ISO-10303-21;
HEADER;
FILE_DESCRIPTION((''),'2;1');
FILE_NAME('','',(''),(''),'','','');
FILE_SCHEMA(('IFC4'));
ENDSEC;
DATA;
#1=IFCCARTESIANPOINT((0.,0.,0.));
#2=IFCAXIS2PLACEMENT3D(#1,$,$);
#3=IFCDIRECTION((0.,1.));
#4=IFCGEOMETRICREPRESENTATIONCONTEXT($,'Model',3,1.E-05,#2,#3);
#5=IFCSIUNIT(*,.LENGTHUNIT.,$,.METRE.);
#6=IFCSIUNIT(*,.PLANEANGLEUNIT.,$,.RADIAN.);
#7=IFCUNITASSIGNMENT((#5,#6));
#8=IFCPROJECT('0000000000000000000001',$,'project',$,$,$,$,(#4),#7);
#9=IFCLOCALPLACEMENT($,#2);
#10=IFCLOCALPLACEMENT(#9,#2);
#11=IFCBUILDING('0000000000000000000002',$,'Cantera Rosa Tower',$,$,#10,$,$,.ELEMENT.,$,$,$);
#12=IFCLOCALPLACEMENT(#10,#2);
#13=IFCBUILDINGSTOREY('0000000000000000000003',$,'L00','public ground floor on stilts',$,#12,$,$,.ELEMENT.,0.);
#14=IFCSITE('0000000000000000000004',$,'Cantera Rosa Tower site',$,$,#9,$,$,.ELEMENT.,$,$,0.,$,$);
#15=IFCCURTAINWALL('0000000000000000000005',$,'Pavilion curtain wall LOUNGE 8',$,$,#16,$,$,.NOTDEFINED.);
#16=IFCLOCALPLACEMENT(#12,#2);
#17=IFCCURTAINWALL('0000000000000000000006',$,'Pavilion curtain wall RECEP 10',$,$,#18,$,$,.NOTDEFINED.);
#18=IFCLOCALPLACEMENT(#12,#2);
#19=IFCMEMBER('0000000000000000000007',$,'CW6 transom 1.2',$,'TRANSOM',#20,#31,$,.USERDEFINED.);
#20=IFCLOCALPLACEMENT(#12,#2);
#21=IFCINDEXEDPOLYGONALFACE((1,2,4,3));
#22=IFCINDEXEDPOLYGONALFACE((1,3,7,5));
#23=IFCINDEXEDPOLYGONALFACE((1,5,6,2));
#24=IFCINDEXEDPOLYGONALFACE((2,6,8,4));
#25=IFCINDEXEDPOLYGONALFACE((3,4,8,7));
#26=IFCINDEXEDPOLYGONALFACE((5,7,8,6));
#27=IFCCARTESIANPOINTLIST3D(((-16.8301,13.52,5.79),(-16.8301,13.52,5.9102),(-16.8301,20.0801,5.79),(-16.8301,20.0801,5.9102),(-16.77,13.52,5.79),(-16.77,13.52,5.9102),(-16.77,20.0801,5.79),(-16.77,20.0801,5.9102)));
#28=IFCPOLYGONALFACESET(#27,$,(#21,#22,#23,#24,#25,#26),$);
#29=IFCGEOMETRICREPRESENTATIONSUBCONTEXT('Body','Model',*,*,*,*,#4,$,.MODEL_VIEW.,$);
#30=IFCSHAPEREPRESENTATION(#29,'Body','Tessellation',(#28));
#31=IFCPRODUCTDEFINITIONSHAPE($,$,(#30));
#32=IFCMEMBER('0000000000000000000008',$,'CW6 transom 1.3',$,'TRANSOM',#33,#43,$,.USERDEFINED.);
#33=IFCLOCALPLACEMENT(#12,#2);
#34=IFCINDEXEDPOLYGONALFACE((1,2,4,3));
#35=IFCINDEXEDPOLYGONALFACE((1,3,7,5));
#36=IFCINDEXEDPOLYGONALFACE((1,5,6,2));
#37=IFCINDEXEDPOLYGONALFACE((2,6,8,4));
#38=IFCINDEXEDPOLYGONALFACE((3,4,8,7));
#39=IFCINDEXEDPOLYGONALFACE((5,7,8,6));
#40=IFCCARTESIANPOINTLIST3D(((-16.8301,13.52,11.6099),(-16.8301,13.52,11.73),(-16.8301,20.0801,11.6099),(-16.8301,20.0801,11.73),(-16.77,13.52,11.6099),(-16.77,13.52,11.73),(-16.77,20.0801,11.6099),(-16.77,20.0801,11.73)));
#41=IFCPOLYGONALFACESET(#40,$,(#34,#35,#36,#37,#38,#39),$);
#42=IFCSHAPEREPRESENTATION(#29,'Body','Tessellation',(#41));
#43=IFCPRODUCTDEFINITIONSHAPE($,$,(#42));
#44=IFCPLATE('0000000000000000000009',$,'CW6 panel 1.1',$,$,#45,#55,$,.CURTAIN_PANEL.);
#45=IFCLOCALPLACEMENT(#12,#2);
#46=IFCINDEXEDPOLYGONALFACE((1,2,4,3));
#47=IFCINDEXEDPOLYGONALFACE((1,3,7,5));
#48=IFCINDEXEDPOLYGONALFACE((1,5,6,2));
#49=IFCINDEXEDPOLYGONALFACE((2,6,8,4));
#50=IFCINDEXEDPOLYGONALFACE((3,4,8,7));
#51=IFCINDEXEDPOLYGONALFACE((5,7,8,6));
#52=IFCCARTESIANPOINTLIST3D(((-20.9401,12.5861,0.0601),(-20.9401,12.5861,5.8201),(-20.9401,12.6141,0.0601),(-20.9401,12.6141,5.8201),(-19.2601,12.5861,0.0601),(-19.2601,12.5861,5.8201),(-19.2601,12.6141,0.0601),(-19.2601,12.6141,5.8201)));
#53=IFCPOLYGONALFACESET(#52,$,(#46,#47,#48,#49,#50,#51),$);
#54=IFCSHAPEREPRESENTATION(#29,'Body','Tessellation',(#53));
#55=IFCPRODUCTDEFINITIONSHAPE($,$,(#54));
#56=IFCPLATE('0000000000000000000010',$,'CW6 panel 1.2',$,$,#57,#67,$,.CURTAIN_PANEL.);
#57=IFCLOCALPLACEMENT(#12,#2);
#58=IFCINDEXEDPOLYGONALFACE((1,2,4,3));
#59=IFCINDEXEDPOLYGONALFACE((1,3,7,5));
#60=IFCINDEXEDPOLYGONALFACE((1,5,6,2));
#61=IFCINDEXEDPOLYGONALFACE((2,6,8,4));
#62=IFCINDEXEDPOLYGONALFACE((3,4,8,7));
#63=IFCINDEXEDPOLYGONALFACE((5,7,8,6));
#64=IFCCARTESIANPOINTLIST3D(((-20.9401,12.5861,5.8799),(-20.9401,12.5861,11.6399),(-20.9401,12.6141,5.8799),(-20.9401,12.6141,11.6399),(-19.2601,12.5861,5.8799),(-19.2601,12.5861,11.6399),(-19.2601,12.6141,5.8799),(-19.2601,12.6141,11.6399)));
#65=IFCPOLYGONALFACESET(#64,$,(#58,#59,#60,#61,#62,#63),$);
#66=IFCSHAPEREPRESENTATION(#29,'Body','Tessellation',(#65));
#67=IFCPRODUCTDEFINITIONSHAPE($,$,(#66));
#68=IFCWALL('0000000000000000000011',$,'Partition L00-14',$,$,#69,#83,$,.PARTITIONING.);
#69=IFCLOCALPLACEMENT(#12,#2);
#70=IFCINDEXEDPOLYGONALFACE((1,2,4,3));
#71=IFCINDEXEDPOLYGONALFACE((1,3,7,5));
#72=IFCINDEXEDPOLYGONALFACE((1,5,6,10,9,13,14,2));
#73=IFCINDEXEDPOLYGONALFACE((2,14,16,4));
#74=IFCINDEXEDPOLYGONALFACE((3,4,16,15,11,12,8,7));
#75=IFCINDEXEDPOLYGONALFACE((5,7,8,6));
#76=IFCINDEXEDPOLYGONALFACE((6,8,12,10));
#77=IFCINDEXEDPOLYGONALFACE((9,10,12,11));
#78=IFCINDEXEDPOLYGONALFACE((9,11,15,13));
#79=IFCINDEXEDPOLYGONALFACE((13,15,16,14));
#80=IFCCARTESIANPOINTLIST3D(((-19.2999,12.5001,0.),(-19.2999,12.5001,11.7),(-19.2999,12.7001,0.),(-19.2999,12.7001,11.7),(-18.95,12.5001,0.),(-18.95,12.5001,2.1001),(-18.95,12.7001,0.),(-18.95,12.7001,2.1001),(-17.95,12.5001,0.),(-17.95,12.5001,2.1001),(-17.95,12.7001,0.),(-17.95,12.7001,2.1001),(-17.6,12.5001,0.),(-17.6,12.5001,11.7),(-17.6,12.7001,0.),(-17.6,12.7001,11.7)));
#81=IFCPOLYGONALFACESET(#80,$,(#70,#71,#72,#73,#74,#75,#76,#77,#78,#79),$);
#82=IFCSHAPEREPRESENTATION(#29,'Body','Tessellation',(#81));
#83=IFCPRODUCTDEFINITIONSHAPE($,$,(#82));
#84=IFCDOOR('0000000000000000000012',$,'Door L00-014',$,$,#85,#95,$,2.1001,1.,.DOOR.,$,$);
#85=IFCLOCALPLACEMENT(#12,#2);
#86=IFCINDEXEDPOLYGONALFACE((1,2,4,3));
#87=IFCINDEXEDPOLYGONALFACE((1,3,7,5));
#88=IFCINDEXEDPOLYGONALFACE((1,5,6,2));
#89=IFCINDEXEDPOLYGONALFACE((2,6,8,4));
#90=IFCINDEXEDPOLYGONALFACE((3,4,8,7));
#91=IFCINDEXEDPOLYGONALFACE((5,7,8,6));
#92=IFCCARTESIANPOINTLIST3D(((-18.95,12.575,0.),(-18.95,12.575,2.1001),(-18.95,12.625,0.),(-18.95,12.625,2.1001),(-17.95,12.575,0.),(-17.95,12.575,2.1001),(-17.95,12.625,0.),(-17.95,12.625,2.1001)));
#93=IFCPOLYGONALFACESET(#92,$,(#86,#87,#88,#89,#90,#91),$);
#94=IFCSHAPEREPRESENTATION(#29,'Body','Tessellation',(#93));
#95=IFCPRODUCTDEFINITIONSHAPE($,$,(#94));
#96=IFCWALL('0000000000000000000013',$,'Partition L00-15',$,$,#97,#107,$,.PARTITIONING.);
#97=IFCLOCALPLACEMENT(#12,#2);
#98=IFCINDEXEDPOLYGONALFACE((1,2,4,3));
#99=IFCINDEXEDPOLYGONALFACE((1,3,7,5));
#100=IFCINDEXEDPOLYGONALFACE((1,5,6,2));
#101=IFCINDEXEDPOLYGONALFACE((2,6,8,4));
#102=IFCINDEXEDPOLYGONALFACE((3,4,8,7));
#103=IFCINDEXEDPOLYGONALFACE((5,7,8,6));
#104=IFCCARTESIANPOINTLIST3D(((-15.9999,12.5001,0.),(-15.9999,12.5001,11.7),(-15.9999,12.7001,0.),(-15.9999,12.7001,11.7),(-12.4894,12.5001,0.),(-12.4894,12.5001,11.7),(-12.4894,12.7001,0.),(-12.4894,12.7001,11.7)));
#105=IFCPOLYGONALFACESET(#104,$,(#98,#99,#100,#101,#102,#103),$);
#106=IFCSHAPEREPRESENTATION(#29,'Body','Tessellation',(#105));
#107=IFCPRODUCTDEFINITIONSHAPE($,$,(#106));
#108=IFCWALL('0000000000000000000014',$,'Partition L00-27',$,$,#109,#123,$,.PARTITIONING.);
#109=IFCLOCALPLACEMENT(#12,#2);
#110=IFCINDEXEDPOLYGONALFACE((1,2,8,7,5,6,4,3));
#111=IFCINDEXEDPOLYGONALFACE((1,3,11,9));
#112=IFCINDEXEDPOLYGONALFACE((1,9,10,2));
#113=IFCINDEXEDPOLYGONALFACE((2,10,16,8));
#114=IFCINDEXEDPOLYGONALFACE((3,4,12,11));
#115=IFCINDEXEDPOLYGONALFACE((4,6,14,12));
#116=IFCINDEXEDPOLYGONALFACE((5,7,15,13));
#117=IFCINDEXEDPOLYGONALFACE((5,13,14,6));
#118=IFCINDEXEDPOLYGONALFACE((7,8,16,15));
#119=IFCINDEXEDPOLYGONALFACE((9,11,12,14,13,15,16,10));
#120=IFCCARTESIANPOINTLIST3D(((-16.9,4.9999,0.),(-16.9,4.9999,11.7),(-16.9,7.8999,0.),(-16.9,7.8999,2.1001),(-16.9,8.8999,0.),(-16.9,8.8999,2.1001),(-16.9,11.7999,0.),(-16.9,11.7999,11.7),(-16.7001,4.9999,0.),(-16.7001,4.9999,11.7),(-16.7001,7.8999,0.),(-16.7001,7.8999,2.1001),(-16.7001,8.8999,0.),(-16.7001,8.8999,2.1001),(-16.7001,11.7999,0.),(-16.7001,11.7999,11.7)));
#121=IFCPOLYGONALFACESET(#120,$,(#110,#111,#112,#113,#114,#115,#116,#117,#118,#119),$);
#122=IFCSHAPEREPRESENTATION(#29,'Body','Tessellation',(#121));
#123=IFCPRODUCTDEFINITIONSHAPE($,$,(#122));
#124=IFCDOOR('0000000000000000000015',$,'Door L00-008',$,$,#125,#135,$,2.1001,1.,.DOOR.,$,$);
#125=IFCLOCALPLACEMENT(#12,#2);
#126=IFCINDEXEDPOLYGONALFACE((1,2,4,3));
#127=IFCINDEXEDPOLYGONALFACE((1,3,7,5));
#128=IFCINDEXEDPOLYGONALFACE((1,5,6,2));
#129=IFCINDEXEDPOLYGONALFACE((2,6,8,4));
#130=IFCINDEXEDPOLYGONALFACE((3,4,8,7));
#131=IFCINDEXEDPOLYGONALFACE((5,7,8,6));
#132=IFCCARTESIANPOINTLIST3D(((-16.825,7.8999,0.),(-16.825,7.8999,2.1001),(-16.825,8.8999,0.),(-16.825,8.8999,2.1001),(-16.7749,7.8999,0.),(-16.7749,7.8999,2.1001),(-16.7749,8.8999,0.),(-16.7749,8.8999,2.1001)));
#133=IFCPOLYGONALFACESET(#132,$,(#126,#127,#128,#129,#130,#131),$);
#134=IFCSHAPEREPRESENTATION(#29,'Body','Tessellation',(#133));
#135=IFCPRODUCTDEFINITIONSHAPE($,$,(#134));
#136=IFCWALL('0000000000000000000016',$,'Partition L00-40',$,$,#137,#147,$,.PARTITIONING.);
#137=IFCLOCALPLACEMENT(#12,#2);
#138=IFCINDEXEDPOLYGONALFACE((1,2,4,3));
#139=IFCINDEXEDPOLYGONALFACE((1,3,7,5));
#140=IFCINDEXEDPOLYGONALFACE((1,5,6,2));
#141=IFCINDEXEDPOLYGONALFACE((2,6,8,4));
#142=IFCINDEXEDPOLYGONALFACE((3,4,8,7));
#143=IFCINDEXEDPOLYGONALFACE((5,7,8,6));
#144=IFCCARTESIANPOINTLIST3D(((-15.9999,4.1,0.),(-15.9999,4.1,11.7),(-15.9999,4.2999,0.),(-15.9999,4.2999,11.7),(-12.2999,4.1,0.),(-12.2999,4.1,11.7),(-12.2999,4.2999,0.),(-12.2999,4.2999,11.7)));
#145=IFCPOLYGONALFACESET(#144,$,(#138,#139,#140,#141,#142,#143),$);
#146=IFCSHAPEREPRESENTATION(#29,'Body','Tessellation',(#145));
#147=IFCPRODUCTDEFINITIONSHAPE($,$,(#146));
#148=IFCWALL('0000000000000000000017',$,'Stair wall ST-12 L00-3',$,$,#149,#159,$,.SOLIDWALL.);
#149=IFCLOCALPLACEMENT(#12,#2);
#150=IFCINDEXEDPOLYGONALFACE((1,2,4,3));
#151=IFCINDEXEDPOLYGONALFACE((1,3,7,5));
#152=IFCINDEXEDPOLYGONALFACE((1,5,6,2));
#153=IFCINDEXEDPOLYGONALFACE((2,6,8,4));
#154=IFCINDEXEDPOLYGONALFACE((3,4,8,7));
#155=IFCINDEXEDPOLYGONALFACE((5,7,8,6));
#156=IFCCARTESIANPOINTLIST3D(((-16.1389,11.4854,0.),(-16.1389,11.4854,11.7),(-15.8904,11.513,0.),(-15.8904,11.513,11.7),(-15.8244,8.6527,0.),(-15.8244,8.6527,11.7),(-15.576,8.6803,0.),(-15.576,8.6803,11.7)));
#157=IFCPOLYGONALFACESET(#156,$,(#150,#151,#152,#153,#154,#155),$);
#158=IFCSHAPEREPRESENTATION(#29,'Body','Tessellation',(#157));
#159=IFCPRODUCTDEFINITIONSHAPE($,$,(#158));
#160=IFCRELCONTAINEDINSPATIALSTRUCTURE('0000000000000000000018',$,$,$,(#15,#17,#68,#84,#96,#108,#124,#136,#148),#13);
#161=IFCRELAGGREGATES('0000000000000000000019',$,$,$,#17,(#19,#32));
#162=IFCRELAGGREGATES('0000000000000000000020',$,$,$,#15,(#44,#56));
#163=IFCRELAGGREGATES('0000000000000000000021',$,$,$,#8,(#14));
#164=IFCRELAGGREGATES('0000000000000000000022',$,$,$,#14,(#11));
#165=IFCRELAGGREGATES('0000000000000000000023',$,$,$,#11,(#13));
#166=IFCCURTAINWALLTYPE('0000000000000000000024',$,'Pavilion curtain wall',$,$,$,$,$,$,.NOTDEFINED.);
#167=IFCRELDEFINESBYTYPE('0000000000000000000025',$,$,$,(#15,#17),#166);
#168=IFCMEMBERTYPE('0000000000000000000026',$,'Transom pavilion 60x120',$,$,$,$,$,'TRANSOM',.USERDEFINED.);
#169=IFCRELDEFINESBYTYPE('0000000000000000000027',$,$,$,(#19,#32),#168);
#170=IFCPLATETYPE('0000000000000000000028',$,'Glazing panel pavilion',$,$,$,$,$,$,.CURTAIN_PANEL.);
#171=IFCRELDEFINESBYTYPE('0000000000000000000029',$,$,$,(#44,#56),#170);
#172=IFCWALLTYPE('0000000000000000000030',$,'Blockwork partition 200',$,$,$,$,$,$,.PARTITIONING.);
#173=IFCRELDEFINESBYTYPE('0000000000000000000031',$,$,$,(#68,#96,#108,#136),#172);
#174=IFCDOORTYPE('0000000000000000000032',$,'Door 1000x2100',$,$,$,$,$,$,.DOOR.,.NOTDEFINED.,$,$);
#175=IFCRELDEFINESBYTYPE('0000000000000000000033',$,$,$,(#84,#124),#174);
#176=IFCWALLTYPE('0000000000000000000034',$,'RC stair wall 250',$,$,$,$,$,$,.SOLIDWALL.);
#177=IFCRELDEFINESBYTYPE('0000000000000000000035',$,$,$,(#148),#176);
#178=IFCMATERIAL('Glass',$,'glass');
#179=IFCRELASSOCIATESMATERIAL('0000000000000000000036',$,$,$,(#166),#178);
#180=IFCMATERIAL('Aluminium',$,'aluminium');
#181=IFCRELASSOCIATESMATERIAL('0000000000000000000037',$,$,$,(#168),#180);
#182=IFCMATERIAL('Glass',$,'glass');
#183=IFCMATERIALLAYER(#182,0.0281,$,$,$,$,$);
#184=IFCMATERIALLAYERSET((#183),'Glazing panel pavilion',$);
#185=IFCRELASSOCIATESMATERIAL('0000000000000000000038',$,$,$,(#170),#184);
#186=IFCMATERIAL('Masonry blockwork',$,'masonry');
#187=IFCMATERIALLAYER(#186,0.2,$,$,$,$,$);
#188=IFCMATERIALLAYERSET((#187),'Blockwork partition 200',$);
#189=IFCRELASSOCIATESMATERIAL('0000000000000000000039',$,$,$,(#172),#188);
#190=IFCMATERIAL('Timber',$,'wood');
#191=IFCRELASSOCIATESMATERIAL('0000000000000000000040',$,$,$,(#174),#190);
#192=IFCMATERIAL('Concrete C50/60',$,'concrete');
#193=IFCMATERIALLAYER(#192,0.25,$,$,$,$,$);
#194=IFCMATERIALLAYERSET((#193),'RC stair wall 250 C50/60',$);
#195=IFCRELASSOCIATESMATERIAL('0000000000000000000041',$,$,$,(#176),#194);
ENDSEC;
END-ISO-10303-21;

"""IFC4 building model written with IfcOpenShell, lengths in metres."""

from ifc_helpers import new_model, si_unit, direction, frame, frame_2d, origin, origin_2d, place, context, subcontext, project, spatial, rectangle, extrude, material, layer, layer_set, material_profile, profile_set, type_object, element, fill, aggregate, save


model = new_model("IFC4")

# Units and contexts
model_context = context("Model", 3, precision=1e-05, world=origin(), true_north=direction((0.0, 1.0)))
body_context = subcontext(model_context, "Body", "Model", "MODEL_VIEW")
ifc_project = project(units=[si_unit("LENGTHUNIT", "METRE"), si_unit("PLANEANGLEUNIT", "RADIAN")], contexts=[model_context])

# Site, building, storey
site_placement = place(None, origin())
site = spatial("IfcSite", under=ifc_project, at=site_placement, Name="Cantera Rosa Tower site", CompositionType="ELEMENT", RefElevation=0.0)
building_placement = place(site_placement, origin())
building = spatial("IfcBuilding", under=site, at=building_placement, Name="Cantera Rosa Tower", CompositionType="ELEMENT")
storey_placement = place(building_placement, origin())
storey = spatial("IfcBuildingStorey", under=building, at=storey_placement, Name="L00", Description="public ground floor on stilts", CompositionType="ELEMENT", Elevation=0.0)

# Curtain walls
ifc_material_1 = material(Name="Glass", Category="glass")
curtain_wall_type = type_object("IfcCurtainWallType", Name="Pavilion curtain wall", PredefinedType="NOTDEFINED", material=ifc_material_1)
curtain_wall_1_placement = place(storey_placement, origin())
curtain_wall_1 = element("IfcCurtainWall", 1, at=curtain_wall_1_placement, inside=storey, type_object=curtain_wall_type, Name="Pavilion curtain wall LOUNGE 8", PredefinedType="NOTDEFINED")
curtain_wall_2_placement = place(storey_placement, origin())
curtain_wall_2 = element("IfcCurtainWall", 2, at=curtain_wall_2_placement, inside=storey, type_object=curtain_wall_type, Name="Pavilion curtain wall RECEP 10", PredefinedType="NOTDEFINED")

# Members
ifc_material_2 = material(Name="Aluminium", Category="aluminium")
ifc_material_profile_1 = material_profile(ifc_material_2, rectangle(XDim=0.0601, YDim=0.1201, at=origin_2d()), Name="Transom pavilion 60x120")
ifc_profile_set_1 = profile_set([ifc_material_profile_1], Name="Aluminium")
member_type_1 = type_object("IfcMemberType", Name="Transom pavilion 60x120", ElementType="TRANSOM", PredefinedType="USERDEFINED", material=ifc_profile_set_1)
member_1_placement = place(storey_placement, frame((-16.8, 13.52, 5.8501), z_axis=(0.0, 1.0, 0.0), x_axis=(-1.0, 0.0, 0.0)))
member_1 = element("IfcMember", 3, at=member_1_placement, type_object=member_type_1, Name="CW6 transom 1.2", ObjectType="TRANSOM", PredefinedType="USERDEFINED", context=body_context, shape_type="SweptSolid", body=[
    extrude(rectangle(XDim=0.0601, YDim=0.1201, at=origin_2d()), origin(), (0.0, 0.0, 1.0), 6.5601),
])
member_2_placement = place(storey_placement, frame((-16.8, 13.52, 11.6699), z_axis=(0.0, 1.0, 0.0), x_axis=(-1.0, 0.0, 0.0)))
member_2 = element("IfcMember", 4, at=member_2_placement, type_object=member_type_1, Name="CW6 transom 1.3", ObjectType="TRANSOM", PredefinedType="USERDEFINED", context=body_context, shape_type="SweptSolid", body=[
    extrude(rectangle(XDim=0.0601, YDim=0.1201, at=origin_2d()), origin(), (0.0, 0.0, 1.0), 6.5601),
])
aggregate(curtain_wall_2, [member_1, member_2])

# Plates
ifc_material_3 = material(Name="Glass", Category="glass")
ifc_layer_1 = layer(ifc_material_3, 0.0281)
ifc_layer_set_1 = layer_set([ifc_layer_1], Name="Glazing panel pavilion")
plate_type = type_object("IfcPlateType", Name="Glazing panel pavilion", PredefinedType="CURTAIN_PANEL", material=ifc_layer_set_1)
plate_1_placement = place(storey_placement, frame((-20.1001, 12.6001, 0.0601), z_axis=(0.0, 0.0, 1.0), x_axis=(-1.0, 0.0, 0.0)))
plate_1 = element("IfcPlate", 5, at=plate_1_placement, type_object=plate_type, Name="CW6 panel 1.1", PredefinedType="CURTAIN_PANEL", context=body_context, shape_type="SweptSolid", body=[
    extrude(rectangle(XDim=1.6799, YDim=0.0281, at=origin_2d()), origin(), (0.0, 0.0, 1.0), 5.76),
])
plate_2_placement = place(storey_placement, frame((-20.1001, 12.6001, 5.8799), z_axis=(0.0, 0.0, 1.0), x_axis=(-1.0, 0.0, 0.0)))
plate_2 = element("IfcPlate", 6, at=plate_2_placement, type_object=plate_type, Name="CW6 panel 1.2", PredefinedType="CURTAIN_PANEL", context=body_context, shape_type="SweptSolid", body=[
    extrude(rectangle(XDim=1.6799, YDim=0.0281, at=origin_2d()), origin(), (0.0, 0.0, 1.0), 5.76),
])
aggregate(curtain_wall_1, [plate_1, plate_2])

# Wall, opening, door
ifc_material_4 = material(Name="Masonry blockwork", Category="masonry")
ifc_layer_2 = layer(ifc_material_4, 0.2)
ifc_layer_set_2 = layer_set([ifc_layer_2], Name="Blockwork partition 200")
wall_type_1 = type_object("IfcWallType", Name="Blockwork partition 200", PredefinedType="PARTITIONING", material=ifc_layer_set_2)
wall_1_placement = place(storey_placement, frame((-19.3, 12.6001, 0.0), z_axis=(0.0, 0.0, 1.0), x_axis=(1.0, 0.0, 0.0)))
wall_1 = element("IfcWall", 7, at=wall_1_placement, inside=storey, type_object=wall_type_1, Name="Partition L00-14", PredefinedType="PARTITIONING", context=body_context, shape_type="SweptSolid", body=[
    extrude(rectangle(XDim=1.7, YDim=0.2, at=frame_2d((0.8501, 0.0))), origin(), (0.0, 0.0, 1.0), 11.7),
])
opening_1_placement = place(wall_1_placement, frame((0.3501, 0.0, 0.0)))
opening_1 = element("IfcOpeningElement", 8, at=opening_1_placement, cuts=wall_1, PredefinedType="OPENING", context=body_context, shape_type="SweptSolid", body=[
    extrude(rectangle(XDim=1.0, YDim=2.1001, at=frame_2d((0.5, 1.05))), frame((0.0, 0.1099, 0.0), z_axis=(0.0, -1.0, 0.0), x_axis=(1.0, 0.0, 0.0)), (0.0, 0.0, 1.0), 0.22),
])
ifc_material_5 = material(Name="Timber", Category="wood")
door_type_1 = type_object("IfcDoorType", Name="Door 1000x2100", OperationType="NOTDEFINED", PredefinedType="DOOR", material=ifc_material_5)
door_1_placement = place(opening_1_placement, origin())
door_1 = element("IfcDoor", 9, at=door_1_placement, inside=storey, type_object=door_type_1, Name="Door L00-014", OverallHeight=2.1001, OverallWidth=1.0, PredefinedType="DOOR", context=body_context, shape_type="SweptSolid", body=[
    extrude(rectangle(XDim=1.0, YDim=2.1001, at=frame_2d((0.5, 1.05))), frame((0.0, 0.0249, 0.0), z_axis=(0.0, -1.0, 0.0), x_axis=(1.0, 0.0, 0.0)), (0.0, 0.0, 1.0), 0.05),
])
fill(opening_1, door_1)

# Wall
wall_2_placement = place(storey_placement, frame((-16.0, 12.6001, 0.0), z_axis=(0.0, 0.0, 1.0), x_axis=(1.0, 0.0, 0.0)))
element("IfcWall", 10, at=wall_2_placement, inside=storey, type_object=wall_type_1, Name="Partition L00-15", PredefinedType="PARTITIONING", context=body_context, shape_type="SweptSolid", body=[
    extrude(rectangle(XDim=3.5105, YDim=0.2, at=frame_2d((1.7554, 0.0))), origin(), (0.0, 0.0, 1.0), 11.7),
])

# Wall, opening, door
wall_3_placement = place(storey_placement, frame((-16.8, 5.0, 0.0), z_axis=(0.0, 0.0, 1.0), x_axis=(0.0, 1.0, 0.0)))
wall_3 = element("IfcWall", 11, at=wall_3_placement, inside=storey, type_object=wall_type_1, Name="Partition L00-27", PredefinedType="PARTITIONING", context=body_context, shape_type="SweptSolid", body=[
    extrude(rectangle(XDim=6.8, YDim=0.2, at=frame_2d((3.3999, 0.0))), origin(), (0.0, 0.0, 1.0), 11.7),
])
opening_2_placement = place(wall_3_placement, frame((2.8999, 0.0, 0.0)))
opening_2 = element("IfcOpeningElement", 12, at=opening_2_placement, cuts=wall_3, PredefinedType="OPENING", context=body_context, shape_type="SweptSolid", body=[
    extrude(rectangle(XDim=1.0, YDim=2.1001, at=frame_2d((0.5, 1.05))), frame((0.0, 0.1099, 0.0), z_axis=(0.0, -1.0, 0.0), x_axis=(1.0, 0.0, 0.0)), (0.0, 0.0, 1.0), 0.22),
])
door_2_placement = place(opening_2_placement, origin())
door_2 = element("IfcDoor", 13, at=door_2_placement, inside=storey, type_object=door_type_1, Name="Door L00-008", OverallHeight=2.1001, OverallWidth=1.0, PredefinedType="DOOR", context=body_context, shape_type="SweptSolid", body=[
    extrude(rectangle(XDim=1.0, YDim=2.1001, at=frame_2d((0.5, 1.05))), frame((0.0, 0.0249, 0.0), z_axis=(0.0, -1.0, 0.0), x_axis=(1.0, 0.0, 0.0)), (0.0, 0.0, 1.0), 0.05),
])
fill(opening_2, door_2)

# Walls
wall_4_placement = place(storey_placement, frame((-16.0, 4.2, 0.0), z_axis=(0.0, 0.0, 1.0), x_axis=(1.0, 0.0, 0.0)))
element("IfcWall", 14, at=wall_4_placement, inside=storey, type_object=wall_type_1, Name="Partition L00-40", PredefinedType="PARTITIONING", context=body_context, shape_type="SweptSolid", body=[
    extrude(rectangle(XDim=3.7, YDim=0.2, at=frame_2d((1.8501, 0.0))), origin(), (0.0, 0.0, 1.0), 11.7),
])
ifc_material_6 = material(Name="Concrete C50/60", Category="concrete")
ifc_layer_3 = layer(ifc_material_6, 0.25)
ifc_layer_set_3 = layer_set([ifc_layer_3], Name="RC stair wall 250 C50/60")
wall_type_2 = type_object("IfcWallType", Name="RC stair wall 250", PredefinedType="SOLIDWALL", material=ifc_layer_set_3)
wall_5_placement = place(storey_placement, frame((-15.7002, 8.6665, 0.0), z_axis=(0.0, 0.0, 1.0), x_axis=(-0.110328, 0.993895, 0.0)))
element("IfcWall", 15, at=wall_5_placement, inside=storey, type_object=wall_type_2, Name="Stair wall ST-12 L00-3", PredefinedType="SOLIDWALL", context=body_context, shape_type="SweptSolid", body=[
    extrude(rectangle(XDim=2.8501, YDim=0.25, at=frame_2d((1.425, 0.0))), origin(), (0.0, 0.0, 1.0), 11.7),
])

save(model, "model.ifc")
